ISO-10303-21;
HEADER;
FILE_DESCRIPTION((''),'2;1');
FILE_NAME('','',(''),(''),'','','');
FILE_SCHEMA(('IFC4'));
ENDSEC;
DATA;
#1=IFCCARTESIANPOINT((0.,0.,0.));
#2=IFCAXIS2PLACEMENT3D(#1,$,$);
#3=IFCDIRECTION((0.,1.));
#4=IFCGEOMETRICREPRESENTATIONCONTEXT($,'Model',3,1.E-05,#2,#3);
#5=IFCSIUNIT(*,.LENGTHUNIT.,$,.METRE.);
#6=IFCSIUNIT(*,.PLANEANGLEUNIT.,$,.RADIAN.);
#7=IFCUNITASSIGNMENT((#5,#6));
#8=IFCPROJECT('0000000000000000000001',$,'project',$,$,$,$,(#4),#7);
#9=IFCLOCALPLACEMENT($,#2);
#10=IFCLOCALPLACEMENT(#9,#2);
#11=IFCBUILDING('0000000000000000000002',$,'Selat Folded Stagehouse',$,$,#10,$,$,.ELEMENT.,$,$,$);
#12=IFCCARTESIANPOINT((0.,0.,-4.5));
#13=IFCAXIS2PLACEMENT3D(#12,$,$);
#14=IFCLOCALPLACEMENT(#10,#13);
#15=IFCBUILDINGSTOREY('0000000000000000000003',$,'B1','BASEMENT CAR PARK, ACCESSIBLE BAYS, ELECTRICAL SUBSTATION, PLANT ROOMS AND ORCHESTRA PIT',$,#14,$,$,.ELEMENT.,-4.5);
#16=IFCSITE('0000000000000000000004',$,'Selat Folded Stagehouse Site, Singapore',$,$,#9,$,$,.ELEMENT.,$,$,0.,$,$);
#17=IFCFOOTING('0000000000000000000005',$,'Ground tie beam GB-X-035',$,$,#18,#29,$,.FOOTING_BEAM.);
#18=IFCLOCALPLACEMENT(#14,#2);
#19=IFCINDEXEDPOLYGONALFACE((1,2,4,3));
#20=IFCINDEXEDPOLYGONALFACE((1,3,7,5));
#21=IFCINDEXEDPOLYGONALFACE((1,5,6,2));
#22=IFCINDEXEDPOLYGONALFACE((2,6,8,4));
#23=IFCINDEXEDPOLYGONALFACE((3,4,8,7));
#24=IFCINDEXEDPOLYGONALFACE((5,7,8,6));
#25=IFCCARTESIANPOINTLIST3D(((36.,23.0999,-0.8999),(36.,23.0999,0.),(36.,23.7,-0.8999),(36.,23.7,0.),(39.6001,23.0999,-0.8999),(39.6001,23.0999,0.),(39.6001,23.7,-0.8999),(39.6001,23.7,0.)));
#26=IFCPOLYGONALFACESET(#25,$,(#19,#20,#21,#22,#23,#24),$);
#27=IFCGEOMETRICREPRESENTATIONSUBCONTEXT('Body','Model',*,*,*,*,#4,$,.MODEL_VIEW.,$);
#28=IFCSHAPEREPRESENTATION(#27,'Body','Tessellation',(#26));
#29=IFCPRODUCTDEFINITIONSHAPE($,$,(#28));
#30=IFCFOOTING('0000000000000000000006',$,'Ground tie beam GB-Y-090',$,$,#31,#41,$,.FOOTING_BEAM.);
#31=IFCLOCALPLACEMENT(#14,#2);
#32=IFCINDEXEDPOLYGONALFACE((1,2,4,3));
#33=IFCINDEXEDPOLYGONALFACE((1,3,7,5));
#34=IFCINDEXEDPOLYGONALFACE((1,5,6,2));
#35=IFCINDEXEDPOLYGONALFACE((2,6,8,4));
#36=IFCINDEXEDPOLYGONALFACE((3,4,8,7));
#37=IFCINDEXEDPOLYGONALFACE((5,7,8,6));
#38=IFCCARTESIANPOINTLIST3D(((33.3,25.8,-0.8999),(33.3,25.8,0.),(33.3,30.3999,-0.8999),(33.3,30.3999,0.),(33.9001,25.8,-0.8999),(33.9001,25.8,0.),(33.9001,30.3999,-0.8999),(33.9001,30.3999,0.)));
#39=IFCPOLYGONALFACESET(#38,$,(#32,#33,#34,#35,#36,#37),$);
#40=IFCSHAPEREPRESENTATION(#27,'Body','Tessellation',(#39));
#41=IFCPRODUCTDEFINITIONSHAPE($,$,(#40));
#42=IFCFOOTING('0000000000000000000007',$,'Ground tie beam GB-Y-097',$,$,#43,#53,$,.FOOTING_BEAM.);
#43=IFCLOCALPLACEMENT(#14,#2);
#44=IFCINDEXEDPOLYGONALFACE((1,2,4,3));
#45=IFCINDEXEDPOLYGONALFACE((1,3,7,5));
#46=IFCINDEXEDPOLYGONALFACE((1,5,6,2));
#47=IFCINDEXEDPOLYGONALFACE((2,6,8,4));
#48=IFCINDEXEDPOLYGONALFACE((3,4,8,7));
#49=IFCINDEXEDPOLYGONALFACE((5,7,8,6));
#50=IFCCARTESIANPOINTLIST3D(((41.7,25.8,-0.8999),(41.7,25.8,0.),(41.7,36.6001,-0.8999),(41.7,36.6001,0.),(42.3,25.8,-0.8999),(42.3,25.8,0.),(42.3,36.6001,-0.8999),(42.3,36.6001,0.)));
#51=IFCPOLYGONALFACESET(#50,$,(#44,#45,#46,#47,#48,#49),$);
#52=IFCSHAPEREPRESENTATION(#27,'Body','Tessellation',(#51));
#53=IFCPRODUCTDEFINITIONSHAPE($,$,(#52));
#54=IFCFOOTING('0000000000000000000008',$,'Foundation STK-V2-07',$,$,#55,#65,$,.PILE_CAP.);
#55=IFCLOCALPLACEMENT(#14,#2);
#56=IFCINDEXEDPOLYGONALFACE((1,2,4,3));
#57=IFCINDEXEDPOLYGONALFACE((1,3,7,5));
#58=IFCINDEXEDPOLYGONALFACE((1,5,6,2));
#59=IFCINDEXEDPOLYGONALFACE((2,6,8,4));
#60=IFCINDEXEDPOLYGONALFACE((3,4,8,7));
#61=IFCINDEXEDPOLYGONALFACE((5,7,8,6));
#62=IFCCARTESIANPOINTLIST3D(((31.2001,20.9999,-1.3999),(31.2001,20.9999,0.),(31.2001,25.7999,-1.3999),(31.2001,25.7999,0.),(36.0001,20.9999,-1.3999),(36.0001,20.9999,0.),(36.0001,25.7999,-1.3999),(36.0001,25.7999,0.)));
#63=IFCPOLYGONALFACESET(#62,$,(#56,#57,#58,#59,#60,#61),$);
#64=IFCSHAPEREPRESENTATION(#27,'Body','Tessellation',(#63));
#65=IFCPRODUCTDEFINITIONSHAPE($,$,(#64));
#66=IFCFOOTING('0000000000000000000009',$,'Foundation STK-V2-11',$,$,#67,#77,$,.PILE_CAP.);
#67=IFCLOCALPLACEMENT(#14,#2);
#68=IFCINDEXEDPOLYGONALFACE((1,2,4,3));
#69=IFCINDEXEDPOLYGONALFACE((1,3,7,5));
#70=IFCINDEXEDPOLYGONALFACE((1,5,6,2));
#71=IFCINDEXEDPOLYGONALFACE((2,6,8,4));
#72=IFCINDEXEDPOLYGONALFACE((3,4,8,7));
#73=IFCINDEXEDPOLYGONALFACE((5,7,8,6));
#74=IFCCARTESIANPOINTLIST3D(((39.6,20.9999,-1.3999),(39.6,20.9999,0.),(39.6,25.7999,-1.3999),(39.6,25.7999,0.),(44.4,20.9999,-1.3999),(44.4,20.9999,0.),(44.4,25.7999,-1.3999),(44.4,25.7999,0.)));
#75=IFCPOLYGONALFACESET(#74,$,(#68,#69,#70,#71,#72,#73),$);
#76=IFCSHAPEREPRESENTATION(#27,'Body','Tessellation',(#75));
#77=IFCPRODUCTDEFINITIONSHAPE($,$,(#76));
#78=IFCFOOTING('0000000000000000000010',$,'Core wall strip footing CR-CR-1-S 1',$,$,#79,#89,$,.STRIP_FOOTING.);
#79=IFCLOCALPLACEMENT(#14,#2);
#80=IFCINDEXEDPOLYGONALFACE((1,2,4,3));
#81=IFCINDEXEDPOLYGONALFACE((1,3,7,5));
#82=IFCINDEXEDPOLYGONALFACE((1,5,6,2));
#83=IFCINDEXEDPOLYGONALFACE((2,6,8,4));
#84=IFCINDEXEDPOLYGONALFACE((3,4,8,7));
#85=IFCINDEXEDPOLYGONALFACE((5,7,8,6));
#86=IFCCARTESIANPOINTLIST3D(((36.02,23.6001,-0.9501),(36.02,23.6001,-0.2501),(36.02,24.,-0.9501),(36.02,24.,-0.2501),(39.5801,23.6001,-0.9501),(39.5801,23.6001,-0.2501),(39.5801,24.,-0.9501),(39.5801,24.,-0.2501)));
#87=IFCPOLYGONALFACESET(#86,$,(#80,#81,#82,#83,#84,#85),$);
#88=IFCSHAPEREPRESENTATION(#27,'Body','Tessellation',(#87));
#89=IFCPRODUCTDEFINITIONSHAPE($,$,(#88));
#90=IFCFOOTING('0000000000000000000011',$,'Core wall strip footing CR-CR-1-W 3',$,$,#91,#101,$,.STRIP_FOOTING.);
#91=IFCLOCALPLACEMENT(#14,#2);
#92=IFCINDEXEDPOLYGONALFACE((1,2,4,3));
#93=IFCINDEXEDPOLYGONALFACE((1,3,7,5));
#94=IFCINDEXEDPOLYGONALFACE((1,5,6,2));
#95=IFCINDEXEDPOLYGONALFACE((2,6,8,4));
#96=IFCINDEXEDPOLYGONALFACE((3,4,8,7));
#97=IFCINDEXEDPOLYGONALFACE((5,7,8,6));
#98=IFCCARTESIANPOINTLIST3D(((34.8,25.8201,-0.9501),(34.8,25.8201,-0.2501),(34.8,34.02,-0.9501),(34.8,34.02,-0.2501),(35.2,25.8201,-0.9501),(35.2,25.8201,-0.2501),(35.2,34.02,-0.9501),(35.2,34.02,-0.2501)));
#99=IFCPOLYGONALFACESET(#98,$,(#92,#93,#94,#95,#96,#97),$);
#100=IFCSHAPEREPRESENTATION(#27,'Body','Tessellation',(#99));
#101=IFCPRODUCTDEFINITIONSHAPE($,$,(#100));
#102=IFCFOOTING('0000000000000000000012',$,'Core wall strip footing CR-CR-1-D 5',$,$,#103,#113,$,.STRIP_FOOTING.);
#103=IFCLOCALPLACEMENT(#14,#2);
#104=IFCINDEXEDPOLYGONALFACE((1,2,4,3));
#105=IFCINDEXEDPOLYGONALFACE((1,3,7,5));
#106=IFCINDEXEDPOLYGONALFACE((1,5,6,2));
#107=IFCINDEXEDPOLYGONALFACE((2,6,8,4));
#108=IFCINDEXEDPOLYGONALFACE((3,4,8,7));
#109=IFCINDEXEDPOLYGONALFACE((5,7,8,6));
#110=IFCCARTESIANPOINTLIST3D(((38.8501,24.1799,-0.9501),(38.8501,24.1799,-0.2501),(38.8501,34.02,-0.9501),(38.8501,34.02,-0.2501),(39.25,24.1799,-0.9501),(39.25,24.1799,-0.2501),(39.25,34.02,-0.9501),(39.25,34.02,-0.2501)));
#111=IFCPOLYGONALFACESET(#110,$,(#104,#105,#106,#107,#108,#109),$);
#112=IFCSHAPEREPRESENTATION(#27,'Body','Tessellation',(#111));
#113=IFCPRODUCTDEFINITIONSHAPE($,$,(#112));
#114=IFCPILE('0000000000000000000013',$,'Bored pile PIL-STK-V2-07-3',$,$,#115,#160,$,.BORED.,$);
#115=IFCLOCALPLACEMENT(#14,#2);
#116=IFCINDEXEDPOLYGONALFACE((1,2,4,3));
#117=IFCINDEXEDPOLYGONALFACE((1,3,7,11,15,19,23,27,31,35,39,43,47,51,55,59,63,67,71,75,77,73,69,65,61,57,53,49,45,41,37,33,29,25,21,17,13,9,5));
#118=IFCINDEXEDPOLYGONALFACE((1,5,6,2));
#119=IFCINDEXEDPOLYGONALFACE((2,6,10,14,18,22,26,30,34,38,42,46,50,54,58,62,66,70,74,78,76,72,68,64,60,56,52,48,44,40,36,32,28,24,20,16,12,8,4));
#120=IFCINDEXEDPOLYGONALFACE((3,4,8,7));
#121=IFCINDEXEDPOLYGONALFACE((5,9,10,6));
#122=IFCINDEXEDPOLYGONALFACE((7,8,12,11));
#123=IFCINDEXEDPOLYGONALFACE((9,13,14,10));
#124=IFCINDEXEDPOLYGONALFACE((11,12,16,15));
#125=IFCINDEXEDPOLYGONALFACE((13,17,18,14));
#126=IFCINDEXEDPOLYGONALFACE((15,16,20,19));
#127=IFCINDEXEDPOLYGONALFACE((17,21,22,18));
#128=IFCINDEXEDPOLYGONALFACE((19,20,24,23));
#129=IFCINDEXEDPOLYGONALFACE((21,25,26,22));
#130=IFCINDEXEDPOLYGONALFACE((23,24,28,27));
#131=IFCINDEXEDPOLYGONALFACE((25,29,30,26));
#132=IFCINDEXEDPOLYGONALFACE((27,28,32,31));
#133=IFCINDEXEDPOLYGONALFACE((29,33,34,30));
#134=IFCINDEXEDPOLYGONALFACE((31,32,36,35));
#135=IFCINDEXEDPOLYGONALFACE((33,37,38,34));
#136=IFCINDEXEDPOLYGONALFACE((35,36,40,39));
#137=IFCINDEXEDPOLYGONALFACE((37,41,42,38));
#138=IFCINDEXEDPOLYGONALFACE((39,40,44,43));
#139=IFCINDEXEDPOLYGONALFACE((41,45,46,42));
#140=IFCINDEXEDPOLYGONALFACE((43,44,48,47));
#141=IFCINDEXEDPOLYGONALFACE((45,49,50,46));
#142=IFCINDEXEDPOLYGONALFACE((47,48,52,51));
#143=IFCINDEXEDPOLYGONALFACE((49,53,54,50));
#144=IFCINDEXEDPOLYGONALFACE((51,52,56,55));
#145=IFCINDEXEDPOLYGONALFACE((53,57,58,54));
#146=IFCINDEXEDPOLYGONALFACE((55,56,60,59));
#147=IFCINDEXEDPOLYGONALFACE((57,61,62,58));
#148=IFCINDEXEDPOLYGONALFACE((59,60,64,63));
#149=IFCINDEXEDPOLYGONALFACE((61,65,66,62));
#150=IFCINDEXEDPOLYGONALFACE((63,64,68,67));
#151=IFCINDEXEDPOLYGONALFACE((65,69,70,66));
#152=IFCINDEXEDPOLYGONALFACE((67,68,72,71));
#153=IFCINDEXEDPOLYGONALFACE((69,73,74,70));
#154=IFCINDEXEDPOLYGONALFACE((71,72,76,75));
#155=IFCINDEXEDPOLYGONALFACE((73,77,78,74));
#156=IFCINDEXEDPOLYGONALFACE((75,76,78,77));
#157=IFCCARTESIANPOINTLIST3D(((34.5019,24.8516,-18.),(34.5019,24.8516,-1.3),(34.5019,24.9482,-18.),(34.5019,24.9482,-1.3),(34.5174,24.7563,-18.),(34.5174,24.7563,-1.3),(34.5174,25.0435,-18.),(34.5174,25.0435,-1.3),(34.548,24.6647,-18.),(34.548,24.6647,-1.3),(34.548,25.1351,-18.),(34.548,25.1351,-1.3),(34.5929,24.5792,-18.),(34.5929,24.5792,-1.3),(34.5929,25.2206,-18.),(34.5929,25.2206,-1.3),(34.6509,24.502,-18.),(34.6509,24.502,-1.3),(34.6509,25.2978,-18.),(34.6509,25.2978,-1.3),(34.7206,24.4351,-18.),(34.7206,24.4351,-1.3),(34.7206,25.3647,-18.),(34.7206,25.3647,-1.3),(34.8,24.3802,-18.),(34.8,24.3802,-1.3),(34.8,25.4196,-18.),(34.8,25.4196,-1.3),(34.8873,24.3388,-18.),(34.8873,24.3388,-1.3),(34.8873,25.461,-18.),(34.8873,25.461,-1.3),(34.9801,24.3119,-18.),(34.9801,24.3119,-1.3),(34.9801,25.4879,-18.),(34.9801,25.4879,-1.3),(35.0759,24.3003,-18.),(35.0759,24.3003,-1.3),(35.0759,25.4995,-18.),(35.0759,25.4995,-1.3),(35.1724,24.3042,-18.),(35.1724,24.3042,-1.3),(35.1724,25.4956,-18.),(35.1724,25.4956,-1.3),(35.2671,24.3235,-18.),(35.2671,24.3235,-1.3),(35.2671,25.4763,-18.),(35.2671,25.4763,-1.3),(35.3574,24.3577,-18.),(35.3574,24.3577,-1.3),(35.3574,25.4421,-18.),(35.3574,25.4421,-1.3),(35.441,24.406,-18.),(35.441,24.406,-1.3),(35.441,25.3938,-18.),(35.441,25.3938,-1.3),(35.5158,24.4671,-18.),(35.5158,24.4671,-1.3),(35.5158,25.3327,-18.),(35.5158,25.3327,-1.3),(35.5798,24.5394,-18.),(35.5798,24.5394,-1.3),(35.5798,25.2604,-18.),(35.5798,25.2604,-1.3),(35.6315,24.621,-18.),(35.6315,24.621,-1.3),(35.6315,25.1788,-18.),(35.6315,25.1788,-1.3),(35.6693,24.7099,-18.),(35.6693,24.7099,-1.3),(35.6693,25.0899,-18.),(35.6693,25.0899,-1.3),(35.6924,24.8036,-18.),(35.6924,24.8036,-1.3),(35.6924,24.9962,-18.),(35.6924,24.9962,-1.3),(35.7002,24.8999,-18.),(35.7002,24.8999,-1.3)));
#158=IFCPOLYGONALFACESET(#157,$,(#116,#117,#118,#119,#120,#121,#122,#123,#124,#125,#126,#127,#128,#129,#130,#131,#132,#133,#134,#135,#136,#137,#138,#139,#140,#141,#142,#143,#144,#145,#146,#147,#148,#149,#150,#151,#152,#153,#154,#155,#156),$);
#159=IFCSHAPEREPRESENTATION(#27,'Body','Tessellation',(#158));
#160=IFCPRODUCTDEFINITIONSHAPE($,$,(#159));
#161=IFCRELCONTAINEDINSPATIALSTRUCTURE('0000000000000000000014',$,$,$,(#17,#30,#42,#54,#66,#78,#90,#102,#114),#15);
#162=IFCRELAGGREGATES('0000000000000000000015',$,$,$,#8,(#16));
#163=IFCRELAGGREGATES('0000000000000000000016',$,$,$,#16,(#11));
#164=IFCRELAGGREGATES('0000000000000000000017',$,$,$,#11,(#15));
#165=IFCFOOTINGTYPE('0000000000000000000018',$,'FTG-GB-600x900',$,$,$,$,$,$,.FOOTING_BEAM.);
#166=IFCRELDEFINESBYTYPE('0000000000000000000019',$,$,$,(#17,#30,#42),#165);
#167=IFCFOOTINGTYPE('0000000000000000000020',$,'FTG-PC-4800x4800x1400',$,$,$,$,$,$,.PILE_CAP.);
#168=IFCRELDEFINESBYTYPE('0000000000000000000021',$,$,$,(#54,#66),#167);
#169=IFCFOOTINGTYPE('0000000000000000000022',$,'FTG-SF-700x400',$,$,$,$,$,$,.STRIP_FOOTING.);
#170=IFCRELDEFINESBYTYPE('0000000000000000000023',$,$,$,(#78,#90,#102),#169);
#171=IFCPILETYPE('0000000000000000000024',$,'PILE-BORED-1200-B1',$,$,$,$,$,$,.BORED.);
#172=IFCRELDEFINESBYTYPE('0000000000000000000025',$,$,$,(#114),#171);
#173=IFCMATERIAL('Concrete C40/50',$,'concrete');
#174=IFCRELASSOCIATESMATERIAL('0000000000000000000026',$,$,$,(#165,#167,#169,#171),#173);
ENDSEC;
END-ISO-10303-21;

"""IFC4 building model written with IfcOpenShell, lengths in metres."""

from ifc_helpers import new_model, si_unit, direction, frame, origin, origin_2d, place, context, subcontext, project, spatial, rectangle, circle, extrude, material, material_profile, profile_set, type_object, element, save


model = new_model("IFC4")

# Units and contexts
model_context = context("Model", 3, precision=1e-05, world=origin(), true_north=direction((0.0, 1.0)))
body_context = subcontext(model_context, "Body", "Model", "MODEL_VIEW")
ifc_project = project(units=[si_unit("LENGTHUNIT", "METRE"), si_unit("PLANEANGLEUNIT", "RADIAN")], contexts=[model_context])

# Site, building, storey
site_placement = place(None, origin())
site = spatial("IfcSite", under=ifc_project, at=site_placement, Name="Selat Folded Stagehouse Site, Singapore", CompositionType="ELEMENT", RefElevation=0.0)
building_placement = place(site_placement, origin())
building = spatial("IfcBuilding", under=site, at=building_placement, Name="Selat Folded Stagehouse", CompositionType="ELEMENT")
storey_placement = place(building_placement, frame((0.0, 0.0, -4.5)))
storey = spatial("IfcBuildingStorey", under=building, at=storey_placement, Name="B1", Description="BASEMENT CAR PARK, ACCESSIBLE BAYS, ELECTRICAL SUBSTATION, PLANT ROOMS AND ORCHESTRA PIT", CompositionType="ELEMENT", Elevation=-4.5)

# Footings
ifc_material_1 = material(Name="Concrete C40/50", Category="concrete")
ifc_material_profile_1 = material_profile(ifc_material_1, rectangle(XDim=0.6001, YDim=0.8999, at=origin_2d()), Name="RC 900x600")
ifc_profile_set_1 = profile_set([ifc_material_profile_1], Name="Concrete C40/50")
footing_type_1 = type_object("IfcFootingType", Name="FTG-GB-600x900", PredefinedType="FOOTING_BEAM", material=ifc_profile_set_1)
footing_1_placement = place(storey_placement, frame((36.0, 23.3999, -0.45), z_axis=(1.0, 0.0, 0.0), x_axis=(0.0, 1.0, 0.0)))
element("IfcFooting", 1, at=footing_1_placement, inside=storey, type_object=footing_type_1, Name="Ground tie beam GB-X-035", PredefinedType="FOOTING_BEAM", context=body_context, shape_type="SweptSolid", body=[
    extrude(rectangle(XDim=0.6001, YDim=0.8999, at=origin_2d()), origin(), (0.0, 0.0, 1.0), 3.6001),
])
footing_2_placement = place(storey_placement, frame((33.6001, 25.8, -0.45), z_axis=(0.0, 1.0, 0.0), x_axis=(-1.0, 0.0, 0.0)))
element("IfcFooting", 2, at=footing_2_placement, inside=storey, type_object=footing_type_1, Name="Ground tie beam GB-Y-090", PredefinedType="FOOTING_BEAM", context=body_context, shape_type="SweptSolid", body=[
    extrude(rectangle(XDim=0.6001, YDim=0.8999, at=origin_2d()), origin(), (0.0, 0.0, 1.0), 4.5999),
])
footing_3_placement = place(storey_placement, frame((42.0, 25.8, -0.45), z_axis=(0.0, 1.0, 0.0), x_axis=(-1.0, 0.0, 0.0)))
element("IfcFooting", 3, at=footing_3_placement, inside=storey, type_object=footing_type_1, Name="Ground tie beam GB-Y-097", PredefinedType="FOOTING_BEAM", context=body_context, shape_type="SweptSolid", body=[
    extrude(rectangle(XDim=0.6001, YDim=0.8999, at=origin_2d()), origin(), (0.0, 0.0, 1.0), 10.8),
])
footing_type_2 = type_object("IfcFootingType", Name="FTG-PC-4800x4800x1400", PredefinedType="PILE_CAP", material=ifc_material_1)
for number, where, z_axis, x_axis, name in (
    (4, (33.6001, 23.3999, -1.3999), (0.0, 0.0, 1.0), (1.0, 0.0, 0.0), "Foundation STK-V2-07"),
    (5, (42.0, 23.3999, -1.3999), (0.0, 0.0, 1.0), (1.0, 0.0, 0.0), "Foundation STK-V2-11"),
):
    element("IfcFooting", number, at=place(storey_placement, frame(where, z_axis=z_axis, x_axis=x_axis)), inside=storey, type_object=footing_type_2, Name=name, PredefinedType="PILE_CAP", context=body_context, shape_type="SweptSolid", body=[
        extrude(rectangle(XDim=4.8, YDim=4.8, at=origin_2d()), origin(), (0.0, 0.0, 1.0), 1.3999),
    ])
ifc_material_profile_2 = material_profile(ifc_material_1, rectangle(XDim=0.3999, YDim=0.7, at=origin_2d()), Name="RC 700x400")
ifc_profile_set_2 = profile_set([ifc_material_profile_2], Name="Concrete C40/50")
footing_type_3 = type_object("IfcFootingType", Name="FTG-SF-700x400", PredefinedType="STRIP_FOOTING", material=ifc_profile_set_2)
footing_4_placement = place(storey_placement, frame((36.02, 23.8, -0.6001), z_axis=(1.0, 0.0, 0.0), x_axis=(0.0, 1.0, 0.0)))
element("IfcFooting", 6, at=footing_4_placement, inside=storey, type_object=footing_type_3, Name="Core wall strip footing CR-CR-1-S 1", PredefinedType="STRIP_FOOTING", context=body_context, shape_type="SweptSolid", body=[
    extrude(rectangle(XDim=0.3999, YDim=0.7, at=origin_2d()), origin(), (0.0, 0.0, 1.0), 3.5601),
])
footing_5_placement = place(storey_placement, frame((35.0, 25.8201, -0.6001), z_axis=(0.0, 1.0, 0.0), x_axis=(-1.0, 0.0, 0.0)))
element("IfcFooting", 7, at=footing_5_placement, inside=storey, type_object=footing_type_3, Name="Core wall strip footing CR-CR-1-W 3", PredefinedType="STRIP_FOOTING", context=body_context, shape_type="SweptSolid", body=[
    extrude(rectangle(XDim=0.3999, YDim=0.7, at=origin_2d()), origin(), (0.0, 0.0, 1.0), 8.2),
])
footing_6_placement = place(storey_placement, frame((39.05, 24.1799, -0.6001), z_axis=(0.0, 1.0, 0.0), x_axis=(-1.0, 0.0, 0.0)))
element("IfcFooting", 8, at=footing_6_placement, inside=storey, type_object=footing_type_3, Name="Core wall strip footing CR-CR-1-D 5", PredefinedType="STRIP_FOOTING", context=body_context, shape_type="SweptSolid", body=[
    extrude(rectangle(XDim=0.3999, YDim=0.7, at=origin_2d()), origin(), (0.0, 0.0, 1.0), 9.8401),
])

# Pile
ifc_material_profile_3 = material_profile(ifc_material_1, circle(Radius=0.6001, at=origin_2d()), Name="PILE D1200")
ifc_profile_set_3 = profile_set([ifc_material_profile_3], Name="Concrete C40/50")
pile_type = type_object("IfcPileType", Name="PILE-BORED-1200-B1", PredefinedType="BORED", material=ifc_profile_set_3)
for number, where, z_axis, x_axis, name in (
    (9, (35.1001, 24.8999, -1.3), (0.0, 0.0, -1.0), (1.0, 0.0, 0.0), "Bored pile PIL-STK-V2-07-3"),
):
    element("IfcPile", number, at=place(storey_placement, frame(where, z_axis=z_axis, x_axis=x_axis)), inside=storey, type_object=pile_type, Name=name, PredefinedType="BORED", context=body_context, shape_type="SweptSolid", body=[
        extrude(circle(Radius=0.6001, at=origin_2d()), origin(), (0.0, 0.0, 1.0), 16.7),
    ])

save(model, "model.ifc")
